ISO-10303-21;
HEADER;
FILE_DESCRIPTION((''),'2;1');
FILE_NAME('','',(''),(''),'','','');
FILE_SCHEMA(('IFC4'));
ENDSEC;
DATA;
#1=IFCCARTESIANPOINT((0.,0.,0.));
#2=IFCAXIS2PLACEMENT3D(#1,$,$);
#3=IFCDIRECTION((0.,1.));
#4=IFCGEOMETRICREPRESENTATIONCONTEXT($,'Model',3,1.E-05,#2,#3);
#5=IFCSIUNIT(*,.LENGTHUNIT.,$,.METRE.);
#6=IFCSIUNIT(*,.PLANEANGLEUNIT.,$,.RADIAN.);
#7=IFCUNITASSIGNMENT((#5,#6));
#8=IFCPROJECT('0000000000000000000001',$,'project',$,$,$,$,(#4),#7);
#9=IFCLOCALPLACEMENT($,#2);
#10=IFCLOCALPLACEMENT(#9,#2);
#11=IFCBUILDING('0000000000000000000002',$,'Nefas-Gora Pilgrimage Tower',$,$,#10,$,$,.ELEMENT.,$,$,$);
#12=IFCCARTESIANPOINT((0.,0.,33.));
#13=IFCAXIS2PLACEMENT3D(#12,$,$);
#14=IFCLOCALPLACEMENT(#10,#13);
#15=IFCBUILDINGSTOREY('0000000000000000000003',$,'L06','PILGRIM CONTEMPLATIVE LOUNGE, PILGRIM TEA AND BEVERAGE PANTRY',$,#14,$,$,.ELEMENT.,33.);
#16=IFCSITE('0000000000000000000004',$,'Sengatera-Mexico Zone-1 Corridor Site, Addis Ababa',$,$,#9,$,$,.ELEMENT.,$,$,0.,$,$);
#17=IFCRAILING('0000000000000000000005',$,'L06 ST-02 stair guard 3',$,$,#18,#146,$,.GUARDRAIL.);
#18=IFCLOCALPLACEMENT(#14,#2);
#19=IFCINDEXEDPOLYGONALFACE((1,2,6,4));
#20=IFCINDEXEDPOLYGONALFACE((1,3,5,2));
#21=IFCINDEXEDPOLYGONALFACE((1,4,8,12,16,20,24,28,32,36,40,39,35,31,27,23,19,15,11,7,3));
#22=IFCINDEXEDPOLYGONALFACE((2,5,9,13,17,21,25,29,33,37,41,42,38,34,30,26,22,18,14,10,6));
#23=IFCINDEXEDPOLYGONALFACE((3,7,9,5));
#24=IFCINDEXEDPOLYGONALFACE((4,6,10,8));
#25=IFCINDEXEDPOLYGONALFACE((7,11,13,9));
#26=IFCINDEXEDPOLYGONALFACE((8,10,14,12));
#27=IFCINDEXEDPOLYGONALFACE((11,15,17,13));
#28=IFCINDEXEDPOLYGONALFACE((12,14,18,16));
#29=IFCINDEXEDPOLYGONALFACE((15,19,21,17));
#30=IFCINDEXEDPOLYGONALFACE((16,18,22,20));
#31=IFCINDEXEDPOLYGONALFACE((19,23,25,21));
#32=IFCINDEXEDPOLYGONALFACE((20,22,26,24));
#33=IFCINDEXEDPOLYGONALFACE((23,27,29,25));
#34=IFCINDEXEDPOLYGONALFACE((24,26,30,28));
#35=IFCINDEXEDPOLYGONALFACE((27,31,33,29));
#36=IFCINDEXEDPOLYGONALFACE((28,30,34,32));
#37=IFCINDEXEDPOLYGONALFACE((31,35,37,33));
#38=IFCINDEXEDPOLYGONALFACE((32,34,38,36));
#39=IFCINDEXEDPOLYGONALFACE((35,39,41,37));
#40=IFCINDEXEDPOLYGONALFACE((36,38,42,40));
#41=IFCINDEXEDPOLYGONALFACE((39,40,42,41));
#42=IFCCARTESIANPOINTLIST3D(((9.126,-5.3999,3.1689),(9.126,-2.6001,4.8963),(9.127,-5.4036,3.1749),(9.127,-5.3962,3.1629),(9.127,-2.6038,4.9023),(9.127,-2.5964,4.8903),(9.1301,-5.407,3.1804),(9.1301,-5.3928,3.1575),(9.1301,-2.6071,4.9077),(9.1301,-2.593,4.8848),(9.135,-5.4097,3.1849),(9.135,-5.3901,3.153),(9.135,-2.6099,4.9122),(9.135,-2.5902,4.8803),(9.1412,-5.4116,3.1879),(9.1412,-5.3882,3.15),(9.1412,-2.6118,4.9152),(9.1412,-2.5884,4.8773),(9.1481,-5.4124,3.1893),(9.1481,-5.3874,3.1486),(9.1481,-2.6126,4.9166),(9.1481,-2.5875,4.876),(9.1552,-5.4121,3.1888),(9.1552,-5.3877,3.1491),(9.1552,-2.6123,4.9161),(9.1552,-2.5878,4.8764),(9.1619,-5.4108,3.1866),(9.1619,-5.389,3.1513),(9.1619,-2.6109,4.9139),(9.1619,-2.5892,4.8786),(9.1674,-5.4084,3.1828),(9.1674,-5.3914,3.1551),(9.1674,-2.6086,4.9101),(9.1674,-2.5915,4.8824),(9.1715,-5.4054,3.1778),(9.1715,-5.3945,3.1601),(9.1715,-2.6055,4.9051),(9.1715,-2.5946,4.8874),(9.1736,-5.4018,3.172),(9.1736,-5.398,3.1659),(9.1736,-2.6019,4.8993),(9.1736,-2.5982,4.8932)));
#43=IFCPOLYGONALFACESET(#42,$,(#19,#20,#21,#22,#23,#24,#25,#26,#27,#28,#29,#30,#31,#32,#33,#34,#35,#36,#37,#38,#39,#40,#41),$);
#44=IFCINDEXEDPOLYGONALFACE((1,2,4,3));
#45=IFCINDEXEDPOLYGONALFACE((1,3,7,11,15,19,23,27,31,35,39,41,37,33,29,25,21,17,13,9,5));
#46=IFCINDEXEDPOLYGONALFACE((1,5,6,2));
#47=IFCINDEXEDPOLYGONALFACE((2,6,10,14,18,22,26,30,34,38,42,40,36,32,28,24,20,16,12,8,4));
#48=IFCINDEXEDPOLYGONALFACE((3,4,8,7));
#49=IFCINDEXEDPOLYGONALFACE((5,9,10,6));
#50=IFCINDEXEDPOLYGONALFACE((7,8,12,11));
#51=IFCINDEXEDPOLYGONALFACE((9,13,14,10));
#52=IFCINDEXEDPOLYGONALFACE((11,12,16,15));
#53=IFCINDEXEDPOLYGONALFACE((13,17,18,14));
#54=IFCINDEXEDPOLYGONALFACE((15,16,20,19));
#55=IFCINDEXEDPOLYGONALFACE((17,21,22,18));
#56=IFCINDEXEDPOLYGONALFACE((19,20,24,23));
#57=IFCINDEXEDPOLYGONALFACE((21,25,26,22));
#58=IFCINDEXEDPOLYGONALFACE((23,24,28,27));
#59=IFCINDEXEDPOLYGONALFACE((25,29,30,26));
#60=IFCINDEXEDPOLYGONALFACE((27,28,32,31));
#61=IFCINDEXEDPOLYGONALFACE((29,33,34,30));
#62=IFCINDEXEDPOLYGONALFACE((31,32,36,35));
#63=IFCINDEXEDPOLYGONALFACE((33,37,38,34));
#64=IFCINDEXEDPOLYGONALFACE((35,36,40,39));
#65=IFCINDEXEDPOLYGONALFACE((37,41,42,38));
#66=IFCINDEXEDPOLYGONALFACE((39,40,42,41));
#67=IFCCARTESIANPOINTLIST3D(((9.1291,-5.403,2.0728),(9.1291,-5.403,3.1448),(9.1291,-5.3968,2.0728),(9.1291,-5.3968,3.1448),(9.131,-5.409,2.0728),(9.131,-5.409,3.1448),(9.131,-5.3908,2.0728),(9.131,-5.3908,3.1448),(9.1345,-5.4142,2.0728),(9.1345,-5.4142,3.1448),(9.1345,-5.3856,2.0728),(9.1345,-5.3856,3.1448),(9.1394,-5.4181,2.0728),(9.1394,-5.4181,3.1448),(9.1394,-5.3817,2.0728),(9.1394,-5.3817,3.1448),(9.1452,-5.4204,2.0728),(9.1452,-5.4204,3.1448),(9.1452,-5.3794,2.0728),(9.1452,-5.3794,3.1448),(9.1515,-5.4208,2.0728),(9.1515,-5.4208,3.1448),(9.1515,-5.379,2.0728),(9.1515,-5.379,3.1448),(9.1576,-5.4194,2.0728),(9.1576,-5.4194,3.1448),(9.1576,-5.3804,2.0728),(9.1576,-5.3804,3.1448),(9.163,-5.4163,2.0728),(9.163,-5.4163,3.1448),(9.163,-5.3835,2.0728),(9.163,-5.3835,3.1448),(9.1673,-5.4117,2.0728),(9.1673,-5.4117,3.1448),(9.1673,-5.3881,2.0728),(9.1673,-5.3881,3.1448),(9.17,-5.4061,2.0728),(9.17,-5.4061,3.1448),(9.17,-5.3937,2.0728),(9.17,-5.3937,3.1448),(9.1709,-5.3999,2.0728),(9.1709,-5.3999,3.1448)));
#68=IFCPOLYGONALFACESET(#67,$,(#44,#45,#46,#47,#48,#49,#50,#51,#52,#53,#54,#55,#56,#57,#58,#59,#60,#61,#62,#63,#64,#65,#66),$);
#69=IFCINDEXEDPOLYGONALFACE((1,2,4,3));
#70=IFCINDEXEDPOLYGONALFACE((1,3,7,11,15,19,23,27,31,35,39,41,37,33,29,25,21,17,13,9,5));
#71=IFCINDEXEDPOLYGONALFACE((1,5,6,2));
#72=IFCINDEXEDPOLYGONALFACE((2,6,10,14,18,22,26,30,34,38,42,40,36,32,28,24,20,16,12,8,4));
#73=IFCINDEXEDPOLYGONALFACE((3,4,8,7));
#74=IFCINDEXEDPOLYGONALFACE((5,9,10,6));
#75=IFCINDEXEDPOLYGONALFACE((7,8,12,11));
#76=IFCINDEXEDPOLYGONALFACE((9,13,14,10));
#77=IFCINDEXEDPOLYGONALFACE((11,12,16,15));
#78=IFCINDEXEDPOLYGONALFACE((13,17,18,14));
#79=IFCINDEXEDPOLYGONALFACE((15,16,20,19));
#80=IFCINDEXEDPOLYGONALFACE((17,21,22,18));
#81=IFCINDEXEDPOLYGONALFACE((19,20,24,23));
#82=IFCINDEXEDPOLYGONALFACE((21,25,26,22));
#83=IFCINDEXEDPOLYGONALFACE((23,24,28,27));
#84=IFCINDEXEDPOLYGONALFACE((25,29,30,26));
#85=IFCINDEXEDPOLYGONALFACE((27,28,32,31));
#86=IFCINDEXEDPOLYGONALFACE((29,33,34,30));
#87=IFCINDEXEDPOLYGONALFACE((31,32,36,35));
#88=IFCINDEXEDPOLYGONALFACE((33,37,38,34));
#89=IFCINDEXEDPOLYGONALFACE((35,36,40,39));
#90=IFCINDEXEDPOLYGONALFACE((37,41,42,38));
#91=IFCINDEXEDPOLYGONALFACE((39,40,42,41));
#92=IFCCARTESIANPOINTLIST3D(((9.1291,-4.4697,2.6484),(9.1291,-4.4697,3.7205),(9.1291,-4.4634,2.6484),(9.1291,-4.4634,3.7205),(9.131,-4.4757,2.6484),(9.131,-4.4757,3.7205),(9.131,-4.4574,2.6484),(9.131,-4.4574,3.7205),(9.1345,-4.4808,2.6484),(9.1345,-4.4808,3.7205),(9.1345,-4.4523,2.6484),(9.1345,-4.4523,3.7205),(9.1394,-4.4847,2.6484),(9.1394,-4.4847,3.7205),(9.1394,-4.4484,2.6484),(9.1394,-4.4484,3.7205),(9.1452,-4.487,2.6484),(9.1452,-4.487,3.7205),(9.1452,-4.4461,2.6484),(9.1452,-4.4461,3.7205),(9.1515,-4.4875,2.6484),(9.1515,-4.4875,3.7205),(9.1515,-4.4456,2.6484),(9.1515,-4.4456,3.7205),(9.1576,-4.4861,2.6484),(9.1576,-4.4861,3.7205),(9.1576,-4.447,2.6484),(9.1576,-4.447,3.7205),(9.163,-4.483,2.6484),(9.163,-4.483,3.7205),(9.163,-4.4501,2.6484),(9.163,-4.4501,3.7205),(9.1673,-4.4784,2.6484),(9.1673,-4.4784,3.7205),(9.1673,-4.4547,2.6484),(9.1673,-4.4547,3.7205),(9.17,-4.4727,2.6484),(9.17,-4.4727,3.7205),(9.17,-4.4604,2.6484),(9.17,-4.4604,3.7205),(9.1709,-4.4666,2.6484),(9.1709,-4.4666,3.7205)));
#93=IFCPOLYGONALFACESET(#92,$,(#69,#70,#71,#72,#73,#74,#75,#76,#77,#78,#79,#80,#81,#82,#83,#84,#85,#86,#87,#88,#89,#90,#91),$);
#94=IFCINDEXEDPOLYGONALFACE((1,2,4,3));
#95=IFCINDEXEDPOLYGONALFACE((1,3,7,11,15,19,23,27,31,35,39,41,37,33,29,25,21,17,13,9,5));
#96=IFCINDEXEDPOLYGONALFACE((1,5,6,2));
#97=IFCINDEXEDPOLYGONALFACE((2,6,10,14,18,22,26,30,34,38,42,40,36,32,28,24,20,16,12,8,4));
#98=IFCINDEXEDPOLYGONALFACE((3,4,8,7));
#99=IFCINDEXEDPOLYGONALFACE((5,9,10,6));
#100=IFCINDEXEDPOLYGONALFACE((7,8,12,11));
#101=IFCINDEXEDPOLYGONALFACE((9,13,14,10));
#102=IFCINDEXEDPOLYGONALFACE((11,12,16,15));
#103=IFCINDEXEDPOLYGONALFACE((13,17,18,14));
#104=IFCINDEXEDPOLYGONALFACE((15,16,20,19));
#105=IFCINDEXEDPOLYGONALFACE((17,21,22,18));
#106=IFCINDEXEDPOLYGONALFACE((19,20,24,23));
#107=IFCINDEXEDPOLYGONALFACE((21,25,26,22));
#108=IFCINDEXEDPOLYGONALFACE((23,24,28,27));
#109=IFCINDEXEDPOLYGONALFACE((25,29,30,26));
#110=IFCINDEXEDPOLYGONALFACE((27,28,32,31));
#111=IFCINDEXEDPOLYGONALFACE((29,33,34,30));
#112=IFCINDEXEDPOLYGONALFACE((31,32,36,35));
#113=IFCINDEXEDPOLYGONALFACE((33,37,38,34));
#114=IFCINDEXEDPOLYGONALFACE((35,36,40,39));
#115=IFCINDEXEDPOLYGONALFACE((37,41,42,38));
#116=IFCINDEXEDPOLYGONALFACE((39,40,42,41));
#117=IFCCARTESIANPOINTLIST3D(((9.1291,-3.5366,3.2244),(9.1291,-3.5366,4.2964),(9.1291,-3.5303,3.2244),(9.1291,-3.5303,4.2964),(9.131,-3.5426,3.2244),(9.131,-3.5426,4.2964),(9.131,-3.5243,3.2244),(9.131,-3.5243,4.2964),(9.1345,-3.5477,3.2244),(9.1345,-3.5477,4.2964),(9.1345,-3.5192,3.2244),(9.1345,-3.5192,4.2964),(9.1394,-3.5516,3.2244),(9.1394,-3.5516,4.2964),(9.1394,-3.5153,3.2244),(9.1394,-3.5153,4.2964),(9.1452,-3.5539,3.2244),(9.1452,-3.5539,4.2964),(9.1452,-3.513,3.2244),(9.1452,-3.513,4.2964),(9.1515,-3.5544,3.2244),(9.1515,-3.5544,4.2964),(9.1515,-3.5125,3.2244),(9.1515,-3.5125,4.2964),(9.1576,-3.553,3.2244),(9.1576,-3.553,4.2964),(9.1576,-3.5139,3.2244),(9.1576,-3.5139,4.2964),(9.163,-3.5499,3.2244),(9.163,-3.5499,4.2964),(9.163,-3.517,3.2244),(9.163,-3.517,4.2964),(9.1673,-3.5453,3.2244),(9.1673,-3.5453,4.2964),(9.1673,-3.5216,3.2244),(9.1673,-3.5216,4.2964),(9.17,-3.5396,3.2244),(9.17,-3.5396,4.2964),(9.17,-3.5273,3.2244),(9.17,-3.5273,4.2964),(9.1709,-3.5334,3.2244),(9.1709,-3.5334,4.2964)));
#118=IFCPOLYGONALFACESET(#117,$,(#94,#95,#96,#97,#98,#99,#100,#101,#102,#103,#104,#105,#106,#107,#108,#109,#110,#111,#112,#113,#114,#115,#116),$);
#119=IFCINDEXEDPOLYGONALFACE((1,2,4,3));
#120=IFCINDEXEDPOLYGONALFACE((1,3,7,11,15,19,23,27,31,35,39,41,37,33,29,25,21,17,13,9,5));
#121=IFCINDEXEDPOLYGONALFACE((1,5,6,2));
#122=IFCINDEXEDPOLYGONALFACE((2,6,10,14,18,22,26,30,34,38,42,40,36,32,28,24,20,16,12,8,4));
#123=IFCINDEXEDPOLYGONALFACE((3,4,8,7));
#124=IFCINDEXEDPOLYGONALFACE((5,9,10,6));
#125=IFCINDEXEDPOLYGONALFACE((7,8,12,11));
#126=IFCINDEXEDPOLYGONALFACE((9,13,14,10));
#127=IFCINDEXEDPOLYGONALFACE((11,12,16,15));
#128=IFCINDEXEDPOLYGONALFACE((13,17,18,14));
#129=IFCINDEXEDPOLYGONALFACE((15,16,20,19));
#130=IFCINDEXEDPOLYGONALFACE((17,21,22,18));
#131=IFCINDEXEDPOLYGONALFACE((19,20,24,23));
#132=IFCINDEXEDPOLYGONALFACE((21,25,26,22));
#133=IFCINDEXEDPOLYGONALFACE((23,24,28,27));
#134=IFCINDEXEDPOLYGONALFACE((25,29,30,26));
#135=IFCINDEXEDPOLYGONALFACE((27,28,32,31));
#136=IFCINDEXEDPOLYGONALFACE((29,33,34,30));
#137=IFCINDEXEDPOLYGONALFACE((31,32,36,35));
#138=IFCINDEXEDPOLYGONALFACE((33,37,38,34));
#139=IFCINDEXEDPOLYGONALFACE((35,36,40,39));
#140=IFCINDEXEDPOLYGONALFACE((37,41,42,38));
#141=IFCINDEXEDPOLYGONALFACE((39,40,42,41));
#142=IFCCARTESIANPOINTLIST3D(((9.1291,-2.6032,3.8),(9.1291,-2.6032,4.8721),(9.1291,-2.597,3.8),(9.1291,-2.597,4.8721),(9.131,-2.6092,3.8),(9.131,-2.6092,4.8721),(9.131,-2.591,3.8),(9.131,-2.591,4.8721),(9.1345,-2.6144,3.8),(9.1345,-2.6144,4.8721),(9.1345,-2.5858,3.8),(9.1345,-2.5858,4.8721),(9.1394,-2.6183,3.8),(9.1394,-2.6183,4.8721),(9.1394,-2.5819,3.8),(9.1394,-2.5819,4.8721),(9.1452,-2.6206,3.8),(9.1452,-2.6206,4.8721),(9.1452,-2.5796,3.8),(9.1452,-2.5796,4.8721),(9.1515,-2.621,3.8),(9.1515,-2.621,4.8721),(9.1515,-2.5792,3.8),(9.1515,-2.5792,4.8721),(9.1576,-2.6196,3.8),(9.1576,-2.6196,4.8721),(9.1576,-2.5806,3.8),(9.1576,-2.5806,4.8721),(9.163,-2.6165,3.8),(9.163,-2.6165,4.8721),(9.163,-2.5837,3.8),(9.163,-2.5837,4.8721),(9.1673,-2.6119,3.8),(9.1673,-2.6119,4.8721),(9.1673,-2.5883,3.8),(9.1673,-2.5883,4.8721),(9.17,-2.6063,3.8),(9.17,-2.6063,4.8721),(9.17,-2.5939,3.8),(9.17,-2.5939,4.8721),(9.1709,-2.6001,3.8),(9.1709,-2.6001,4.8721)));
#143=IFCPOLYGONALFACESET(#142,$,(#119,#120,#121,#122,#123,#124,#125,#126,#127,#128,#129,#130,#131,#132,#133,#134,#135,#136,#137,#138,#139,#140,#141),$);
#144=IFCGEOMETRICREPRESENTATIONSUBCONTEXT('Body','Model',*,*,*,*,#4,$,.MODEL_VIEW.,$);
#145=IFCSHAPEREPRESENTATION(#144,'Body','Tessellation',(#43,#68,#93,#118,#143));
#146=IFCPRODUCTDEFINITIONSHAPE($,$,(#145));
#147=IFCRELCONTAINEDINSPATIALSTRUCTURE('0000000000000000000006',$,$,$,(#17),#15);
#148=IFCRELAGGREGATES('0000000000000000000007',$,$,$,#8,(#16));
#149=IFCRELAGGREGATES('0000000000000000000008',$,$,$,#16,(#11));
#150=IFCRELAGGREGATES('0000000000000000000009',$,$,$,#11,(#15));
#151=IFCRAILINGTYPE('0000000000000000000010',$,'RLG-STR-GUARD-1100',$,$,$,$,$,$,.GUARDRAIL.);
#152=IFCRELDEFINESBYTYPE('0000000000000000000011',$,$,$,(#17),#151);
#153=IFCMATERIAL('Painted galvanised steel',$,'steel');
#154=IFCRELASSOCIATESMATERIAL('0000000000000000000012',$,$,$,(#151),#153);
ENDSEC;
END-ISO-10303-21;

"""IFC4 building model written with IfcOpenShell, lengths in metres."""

from ifc_helpers import new_model, si_unit, direction, frame, origin, origin_2d, place, context, subcontext, project, spatial, circle, extrude, material, type_object, element, save


model = new_model("IFC4")

# Units and contexts
model_context = context("Model", 3, precision=1e-05, world=origin(), true_north=direction((0.0, 1.0)))
body_context = subcontext(model_context, "Body", "Model", "MODEL_VIEW")
ifc_project = project(units=[si_unit("LENGTHUNIT", "METRE"), si_unit("PLANEANGLEUNIT", "RADIAN")], contexts=[model_context])

# Site, building, storey
site_placement = place(None, origin())
site = spatial("IfcSite", under=ifc_project, at=site_placement, Name="Sengatera-Mexico Zone-1 Corridor Site, Addis Ababa", CompositionType="ELEMENT", RefElevation=0.0)
building_placement = place(site_placement, origin())
building = spatial("IfcBuilding", under=site, at=building_placement, Name="Nefas-Gora Pilgrimage Tower", CompositionType="ELEMENT")
storey_placement = place(building_placement, frame((0.0, 0.0, 33.0)))
storey = spatial("IfcBuildingStorey", under=building, at=storey_placement, Name="L06", Description="PILGRIM CONTEMPLATIVE LOUNGE, PILGRIM TEA AND BEVERAGE PANTRY", CompositionType="ELEMENT", Elevation=33.0)

# Railing
ifc_material_1 = material(Name="Painted galvanised steel", Category="steel")
railing_type_1 = type_object("IfcRailingType", Name="RLG-STR-GUARD-1100", PredefinedType="GUARDRAIL", material=ifc_material_1)
railing_1_placement = place(storey_placement, frame((9.1499, -5.3999, 2.0728)))
element("IfcRailing", 1, at=railing_1_placement, inside=storey, type_object=railing_type_1, Name="L06 ST-02 stair guard 3", PredefinedType="GUARDRAIL", context=body_context, shape_type="SweptSolid", body=[
    extrude(circle(Radius=0.0239, at=origin_2d()), frame((0.0, 0.0, 1.0962), z_axis=(0.0, 0.851069, 0.525054), x_axis=(-1.0, 0.0, 0.0)), (0.0, 0.0, 1.0), 3.2898),
    extrude(circle(Radius=0.021, at=origin_2d()), origin(), (0.0, 0.0, 1.0), 1.072),
    extrude(circle(Radius=0.021, at=origin_2d()), frame((0.0, 0.9333, 0.5757)), (0.0, 0.0, 1.0), 1.072),
    extrude(circle(Radius=0.021, at=origin_2d()), frame((0.0, 1.8665, 1.1516)), (0.0, 0.0, 1.0), 1.072),
    extrude(circle(Radius=0.021, at=origin_2d()), frame((0.0, 2.7998, 1.7273)), (0.0, 0.0, 1.0), 1.072),
])

save(model, "model.ifc")
